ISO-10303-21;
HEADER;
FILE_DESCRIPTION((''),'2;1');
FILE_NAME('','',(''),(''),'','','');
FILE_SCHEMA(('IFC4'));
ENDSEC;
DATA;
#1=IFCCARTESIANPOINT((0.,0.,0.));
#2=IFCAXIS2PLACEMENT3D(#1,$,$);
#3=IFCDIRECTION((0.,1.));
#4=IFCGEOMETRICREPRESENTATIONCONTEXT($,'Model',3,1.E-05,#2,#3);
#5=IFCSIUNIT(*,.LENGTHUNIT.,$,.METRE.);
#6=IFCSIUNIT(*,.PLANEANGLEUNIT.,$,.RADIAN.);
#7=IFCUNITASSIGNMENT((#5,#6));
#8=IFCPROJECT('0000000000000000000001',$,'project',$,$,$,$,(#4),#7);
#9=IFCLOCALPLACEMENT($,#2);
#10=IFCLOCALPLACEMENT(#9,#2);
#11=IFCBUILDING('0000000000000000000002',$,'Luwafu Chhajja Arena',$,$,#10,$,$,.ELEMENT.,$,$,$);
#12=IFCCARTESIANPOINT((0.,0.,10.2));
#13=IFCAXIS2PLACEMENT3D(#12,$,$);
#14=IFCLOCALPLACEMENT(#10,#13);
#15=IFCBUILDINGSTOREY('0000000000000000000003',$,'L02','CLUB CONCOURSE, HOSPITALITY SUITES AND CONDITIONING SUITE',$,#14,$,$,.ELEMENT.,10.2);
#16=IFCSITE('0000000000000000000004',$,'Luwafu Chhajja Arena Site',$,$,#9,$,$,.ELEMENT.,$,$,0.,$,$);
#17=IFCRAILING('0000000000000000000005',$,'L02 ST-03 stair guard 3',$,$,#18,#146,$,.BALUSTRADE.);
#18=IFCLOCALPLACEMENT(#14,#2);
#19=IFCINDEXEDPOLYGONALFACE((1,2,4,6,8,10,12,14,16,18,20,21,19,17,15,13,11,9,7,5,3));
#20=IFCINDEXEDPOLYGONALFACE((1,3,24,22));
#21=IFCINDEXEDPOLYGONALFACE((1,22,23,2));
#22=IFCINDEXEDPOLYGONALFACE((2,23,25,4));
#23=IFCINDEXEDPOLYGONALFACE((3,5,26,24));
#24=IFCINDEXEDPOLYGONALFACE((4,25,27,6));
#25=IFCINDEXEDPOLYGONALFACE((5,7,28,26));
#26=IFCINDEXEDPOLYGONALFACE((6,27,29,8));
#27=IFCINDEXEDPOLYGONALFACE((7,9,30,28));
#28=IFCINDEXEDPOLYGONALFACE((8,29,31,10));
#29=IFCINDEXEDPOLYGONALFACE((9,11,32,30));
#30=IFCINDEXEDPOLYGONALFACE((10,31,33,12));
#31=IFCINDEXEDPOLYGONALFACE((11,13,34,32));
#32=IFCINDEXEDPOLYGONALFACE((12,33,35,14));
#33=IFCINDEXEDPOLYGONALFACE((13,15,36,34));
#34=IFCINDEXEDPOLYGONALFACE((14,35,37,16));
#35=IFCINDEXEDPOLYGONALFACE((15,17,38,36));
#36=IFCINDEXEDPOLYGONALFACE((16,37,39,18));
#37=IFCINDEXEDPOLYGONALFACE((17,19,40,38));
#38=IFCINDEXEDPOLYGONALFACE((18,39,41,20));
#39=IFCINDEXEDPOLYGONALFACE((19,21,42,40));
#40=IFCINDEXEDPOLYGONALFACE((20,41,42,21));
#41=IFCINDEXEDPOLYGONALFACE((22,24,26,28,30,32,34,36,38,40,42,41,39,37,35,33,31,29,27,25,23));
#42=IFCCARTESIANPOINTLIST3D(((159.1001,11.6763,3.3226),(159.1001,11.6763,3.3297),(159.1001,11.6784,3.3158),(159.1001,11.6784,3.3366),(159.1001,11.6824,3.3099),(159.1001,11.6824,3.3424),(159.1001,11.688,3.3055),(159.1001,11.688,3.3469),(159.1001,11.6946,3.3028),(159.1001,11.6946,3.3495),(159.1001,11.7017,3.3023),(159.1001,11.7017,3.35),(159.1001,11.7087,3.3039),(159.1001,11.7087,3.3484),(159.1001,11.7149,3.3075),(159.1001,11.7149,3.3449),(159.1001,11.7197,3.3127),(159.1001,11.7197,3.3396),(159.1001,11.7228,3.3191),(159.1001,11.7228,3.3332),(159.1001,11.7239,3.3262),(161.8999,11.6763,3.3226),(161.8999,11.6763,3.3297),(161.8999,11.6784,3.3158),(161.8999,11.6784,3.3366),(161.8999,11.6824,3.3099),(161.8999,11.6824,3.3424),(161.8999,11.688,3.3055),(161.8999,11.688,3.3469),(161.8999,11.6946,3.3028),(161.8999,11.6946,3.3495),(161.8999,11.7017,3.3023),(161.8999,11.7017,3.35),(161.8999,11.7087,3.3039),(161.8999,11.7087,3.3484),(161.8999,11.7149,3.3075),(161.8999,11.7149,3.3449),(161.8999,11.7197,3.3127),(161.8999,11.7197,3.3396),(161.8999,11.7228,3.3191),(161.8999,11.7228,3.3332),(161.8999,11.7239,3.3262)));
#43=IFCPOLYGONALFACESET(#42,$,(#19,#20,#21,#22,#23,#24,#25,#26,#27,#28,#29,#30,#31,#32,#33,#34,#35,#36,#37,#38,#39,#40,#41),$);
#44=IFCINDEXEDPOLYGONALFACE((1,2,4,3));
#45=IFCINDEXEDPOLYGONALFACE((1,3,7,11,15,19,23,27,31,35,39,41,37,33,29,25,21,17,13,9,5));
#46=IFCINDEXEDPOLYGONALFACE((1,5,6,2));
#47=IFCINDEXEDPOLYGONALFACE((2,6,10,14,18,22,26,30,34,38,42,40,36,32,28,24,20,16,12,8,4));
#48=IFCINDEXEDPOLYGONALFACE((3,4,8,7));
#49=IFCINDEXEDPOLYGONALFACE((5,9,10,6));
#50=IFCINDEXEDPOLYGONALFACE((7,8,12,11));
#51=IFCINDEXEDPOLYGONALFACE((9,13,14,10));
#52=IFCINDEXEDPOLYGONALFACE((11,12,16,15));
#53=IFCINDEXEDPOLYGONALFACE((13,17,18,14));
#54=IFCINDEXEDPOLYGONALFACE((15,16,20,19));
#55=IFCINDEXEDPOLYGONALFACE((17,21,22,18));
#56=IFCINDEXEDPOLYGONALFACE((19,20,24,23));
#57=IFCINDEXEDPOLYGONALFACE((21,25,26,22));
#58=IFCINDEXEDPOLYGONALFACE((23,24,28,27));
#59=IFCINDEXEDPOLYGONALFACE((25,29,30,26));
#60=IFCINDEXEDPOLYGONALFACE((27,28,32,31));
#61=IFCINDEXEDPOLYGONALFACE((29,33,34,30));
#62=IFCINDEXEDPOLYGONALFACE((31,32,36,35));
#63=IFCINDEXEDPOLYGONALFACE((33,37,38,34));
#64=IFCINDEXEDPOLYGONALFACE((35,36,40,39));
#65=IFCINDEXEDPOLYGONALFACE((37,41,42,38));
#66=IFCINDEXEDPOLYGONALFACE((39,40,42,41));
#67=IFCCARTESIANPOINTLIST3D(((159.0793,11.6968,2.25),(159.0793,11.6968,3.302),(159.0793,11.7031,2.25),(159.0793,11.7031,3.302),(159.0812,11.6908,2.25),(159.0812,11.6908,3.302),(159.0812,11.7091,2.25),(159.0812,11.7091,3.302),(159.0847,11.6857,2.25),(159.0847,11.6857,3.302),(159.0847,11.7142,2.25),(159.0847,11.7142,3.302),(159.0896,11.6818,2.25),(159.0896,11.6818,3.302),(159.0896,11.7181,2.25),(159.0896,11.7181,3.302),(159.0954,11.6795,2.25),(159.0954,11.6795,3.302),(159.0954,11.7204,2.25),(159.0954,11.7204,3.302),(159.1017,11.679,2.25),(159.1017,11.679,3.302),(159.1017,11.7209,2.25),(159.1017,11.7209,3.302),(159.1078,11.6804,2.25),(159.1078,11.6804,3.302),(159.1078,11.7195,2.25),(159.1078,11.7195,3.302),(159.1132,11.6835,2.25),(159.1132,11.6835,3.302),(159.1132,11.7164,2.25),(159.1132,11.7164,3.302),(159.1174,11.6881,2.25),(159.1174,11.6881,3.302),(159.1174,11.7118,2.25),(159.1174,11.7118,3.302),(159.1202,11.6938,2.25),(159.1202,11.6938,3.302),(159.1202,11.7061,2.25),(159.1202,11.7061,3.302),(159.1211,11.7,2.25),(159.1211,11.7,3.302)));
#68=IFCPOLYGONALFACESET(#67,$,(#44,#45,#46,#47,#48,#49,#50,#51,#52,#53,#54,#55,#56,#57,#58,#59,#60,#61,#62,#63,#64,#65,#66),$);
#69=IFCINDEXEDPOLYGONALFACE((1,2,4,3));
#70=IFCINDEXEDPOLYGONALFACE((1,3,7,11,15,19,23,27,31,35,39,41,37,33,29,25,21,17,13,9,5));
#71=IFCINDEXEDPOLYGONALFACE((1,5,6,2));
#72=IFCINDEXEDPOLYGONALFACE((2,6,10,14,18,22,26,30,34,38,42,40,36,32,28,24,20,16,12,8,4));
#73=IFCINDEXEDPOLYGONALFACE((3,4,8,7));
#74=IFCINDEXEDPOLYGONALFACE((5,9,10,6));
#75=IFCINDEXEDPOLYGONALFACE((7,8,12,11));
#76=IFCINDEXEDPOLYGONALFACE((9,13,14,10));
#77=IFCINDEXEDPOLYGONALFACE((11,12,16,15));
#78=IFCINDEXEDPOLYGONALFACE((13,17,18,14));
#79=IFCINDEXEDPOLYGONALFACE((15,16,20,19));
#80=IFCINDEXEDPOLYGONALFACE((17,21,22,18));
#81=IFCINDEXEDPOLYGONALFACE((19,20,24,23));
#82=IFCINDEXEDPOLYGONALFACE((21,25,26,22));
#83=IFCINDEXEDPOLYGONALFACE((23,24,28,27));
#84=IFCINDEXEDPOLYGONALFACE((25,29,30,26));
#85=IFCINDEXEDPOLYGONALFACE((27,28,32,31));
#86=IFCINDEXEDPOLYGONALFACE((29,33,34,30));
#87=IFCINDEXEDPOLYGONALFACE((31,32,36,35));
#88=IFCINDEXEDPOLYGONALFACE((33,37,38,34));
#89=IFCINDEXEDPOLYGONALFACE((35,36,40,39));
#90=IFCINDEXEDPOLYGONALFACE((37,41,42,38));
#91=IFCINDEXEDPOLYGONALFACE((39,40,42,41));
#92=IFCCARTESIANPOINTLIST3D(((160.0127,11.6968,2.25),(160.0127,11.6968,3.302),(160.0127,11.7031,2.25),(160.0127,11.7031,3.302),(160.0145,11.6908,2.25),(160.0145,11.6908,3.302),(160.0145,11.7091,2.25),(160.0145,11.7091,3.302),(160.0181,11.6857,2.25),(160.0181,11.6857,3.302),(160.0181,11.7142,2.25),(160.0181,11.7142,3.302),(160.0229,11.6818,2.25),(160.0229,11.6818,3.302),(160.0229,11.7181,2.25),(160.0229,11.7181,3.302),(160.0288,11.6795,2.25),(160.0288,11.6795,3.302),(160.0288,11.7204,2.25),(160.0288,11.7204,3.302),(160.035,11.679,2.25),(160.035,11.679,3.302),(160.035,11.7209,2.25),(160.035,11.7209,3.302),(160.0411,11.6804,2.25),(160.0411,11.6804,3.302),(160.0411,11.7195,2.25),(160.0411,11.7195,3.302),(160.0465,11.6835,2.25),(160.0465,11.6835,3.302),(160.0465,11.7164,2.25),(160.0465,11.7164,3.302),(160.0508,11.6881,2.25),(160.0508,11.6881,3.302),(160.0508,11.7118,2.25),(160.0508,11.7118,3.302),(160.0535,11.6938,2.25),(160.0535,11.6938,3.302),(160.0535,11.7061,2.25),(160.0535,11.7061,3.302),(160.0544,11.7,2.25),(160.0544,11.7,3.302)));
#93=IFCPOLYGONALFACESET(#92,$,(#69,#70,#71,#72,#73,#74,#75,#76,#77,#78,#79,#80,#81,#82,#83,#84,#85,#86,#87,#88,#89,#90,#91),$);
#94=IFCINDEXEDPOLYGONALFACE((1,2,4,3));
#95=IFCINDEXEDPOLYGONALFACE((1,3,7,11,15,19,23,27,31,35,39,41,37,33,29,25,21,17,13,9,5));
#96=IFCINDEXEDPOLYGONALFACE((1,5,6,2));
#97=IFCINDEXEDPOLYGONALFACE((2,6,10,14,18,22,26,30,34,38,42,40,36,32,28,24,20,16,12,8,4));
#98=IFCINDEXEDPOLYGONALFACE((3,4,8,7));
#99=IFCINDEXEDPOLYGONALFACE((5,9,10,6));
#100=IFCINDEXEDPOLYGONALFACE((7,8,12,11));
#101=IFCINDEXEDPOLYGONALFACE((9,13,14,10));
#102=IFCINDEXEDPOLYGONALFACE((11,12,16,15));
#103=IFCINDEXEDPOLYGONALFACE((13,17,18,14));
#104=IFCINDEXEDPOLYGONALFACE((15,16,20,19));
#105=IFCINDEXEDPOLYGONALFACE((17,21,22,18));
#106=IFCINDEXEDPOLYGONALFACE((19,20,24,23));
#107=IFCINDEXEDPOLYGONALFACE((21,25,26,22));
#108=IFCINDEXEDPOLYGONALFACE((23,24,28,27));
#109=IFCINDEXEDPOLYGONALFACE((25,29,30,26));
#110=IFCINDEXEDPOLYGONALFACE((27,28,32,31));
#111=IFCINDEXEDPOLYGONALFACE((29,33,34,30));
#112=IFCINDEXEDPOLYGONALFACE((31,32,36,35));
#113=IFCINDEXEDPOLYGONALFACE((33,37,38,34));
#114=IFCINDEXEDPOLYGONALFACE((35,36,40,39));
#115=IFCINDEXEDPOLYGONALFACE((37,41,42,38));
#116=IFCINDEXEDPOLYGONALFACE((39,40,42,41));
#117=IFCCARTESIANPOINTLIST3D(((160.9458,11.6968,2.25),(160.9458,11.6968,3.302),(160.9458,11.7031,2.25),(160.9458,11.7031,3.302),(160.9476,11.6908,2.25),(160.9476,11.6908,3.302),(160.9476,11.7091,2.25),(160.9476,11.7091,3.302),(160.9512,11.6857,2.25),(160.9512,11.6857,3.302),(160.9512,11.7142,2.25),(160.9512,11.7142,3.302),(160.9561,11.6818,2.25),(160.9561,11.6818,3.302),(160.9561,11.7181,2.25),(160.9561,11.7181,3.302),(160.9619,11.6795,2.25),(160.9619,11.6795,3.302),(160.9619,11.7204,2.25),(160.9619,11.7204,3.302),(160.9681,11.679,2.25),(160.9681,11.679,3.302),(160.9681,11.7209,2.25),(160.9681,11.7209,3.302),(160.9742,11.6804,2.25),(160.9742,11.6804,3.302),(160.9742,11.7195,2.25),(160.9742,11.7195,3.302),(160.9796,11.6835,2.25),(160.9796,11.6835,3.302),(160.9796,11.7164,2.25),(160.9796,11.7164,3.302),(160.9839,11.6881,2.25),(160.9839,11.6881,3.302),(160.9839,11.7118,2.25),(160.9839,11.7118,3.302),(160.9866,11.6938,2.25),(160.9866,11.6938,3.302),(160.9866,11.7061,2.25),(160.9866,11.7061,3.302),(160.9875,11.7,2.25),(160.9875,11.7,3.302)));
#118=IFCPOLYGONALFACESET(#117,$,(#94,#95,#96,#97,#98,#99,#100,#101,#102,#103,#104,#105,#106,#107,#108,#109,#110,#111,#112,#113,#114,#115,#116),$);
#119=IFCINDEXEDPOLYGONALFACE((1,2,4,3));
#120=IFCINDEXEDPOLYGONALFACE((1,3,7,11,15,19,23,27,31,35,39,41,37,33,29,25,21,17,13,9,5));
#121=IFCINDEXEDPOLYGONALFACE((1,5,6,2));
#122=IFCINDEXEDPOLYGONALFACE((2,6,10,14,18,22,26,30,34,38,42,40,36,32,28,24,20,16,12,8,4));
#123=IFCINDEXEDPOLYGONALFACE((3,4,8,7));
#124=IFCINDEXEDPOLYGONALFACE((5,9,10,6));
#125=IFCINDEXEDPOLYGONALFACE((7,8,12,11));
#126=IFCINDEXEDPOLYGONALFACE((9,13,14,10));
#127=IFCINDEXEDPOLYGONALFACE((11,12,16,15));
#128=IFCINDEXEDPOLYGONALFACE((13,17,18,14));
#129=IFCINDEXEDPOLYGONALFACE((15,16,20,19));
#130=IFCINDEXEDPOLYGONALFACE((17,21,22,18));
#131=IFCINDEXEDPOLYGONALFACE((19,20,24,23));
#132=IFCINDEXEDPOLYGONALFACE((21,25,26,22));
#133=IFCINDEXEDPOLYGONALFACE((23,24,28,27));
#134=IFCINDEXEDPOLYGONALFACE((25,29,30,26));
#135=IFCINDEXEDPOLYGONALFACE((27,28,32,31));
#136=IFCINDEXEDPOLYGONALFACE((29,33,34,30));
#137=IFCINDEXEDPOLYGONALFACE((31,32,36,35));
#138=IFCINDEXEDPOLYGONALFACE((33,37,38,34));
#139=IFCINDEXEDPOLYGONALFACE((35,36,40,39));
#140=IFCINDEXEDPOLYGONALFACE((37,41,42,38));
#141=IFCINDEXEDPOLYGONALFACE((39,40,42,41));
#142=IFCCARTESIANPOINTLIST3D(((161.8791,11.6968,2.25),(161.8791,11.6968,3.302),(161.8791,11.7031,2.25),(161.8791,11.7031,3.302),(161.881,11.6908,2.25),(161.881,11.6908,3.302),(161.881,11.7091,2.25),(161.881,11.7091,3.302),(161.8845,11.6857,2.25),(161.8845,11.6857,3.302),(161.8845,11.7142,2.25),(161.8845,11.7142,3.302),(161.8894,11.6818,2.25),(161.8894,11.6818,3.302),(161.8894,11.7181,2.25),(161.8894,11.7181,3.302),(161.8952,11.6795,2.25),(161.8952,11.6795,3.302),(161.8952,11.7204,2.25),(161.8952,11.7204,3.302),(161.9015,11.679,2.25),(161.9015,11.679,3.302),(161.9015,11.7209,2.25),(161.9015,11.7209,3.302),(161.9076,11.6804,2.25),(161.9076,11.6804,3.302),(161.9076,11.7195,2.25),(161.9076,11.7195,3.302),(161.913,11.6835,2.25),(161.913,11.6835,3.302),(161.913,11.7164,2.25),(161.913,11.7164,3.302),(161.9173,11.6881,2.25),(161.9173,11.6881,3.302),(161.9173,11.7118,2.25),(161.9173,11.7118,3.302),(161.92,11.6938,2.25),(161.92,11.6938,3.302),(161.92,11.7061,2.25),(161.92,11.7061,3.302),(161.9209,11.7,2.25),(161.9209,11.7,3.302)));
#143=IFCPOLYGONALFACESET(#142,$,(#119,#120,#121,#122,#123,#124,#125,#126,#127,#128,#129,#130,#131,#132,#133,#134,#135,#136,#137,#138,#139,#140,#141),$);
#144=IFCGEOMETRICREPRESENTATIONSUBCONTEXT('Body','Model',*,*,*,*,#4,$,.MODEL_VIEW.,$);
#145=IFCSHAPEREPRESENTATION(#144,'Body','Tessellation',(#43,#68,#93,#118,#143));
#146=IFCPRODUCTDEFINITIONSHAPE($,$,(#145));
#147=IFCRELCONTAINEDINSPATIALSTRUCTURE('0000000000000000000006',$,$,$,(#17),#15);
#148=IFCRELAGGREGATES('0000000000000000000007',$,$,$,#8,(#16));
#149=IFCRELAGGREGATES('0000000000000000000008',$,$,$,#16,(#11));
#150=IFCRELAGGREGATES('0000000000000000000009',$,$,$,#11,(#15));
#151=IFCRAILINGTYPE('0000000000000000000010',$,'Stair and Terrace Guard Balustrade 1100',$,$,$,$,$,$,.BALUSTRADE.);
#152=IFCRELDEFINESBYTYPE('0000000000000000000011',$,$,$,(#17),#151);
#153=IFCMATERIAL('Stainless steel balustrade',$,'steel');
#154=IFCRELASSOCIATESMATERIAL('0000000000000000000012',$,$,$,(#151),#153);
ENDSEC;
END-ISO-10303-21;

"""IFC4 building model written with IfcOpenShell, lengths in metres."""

from ifc_helpers import new_model, si_unit, direction, frame, origin, origin_2d, place, context, subcontext, project, spatial, circle, extrude, material, type_object, element, save


model = new_model("IFC4")

# Units and contexts
model_context = context("Model", 3, precision=1e-05, world=origin(), true_north=direction((0.0, 1.0)))
body_context = subcontext(model_context, "Body", "Model", "MODEL_VIEW")
ifc_project = project(units=[si_unit("LENGTHUNIT", "METRE"), si_unit("PLANEANGLEUNIT", "RADIAN")], contexts=[model_context])

# Site, building, storey
site_placement = place(None, origin())
site = spatial("IfcSite", under=ifc_project, at=site_placement, Name="Luwafu Chhajja Arena Site", CompositionType="ELEMENT", RefElevation=0.0)
building_placement = place(site_placement, origin())
building = spatial("IfcBuilding", under=site, at=building_placement, Name="Luwafu Chhajja Arena", CompositionType="ELEMENT")
storey_placement = place(building_placement, frame((0.0, 0.0, 10.2)))
storey = spatial("IfcBuildingStorey", under=building, at=storey_placement, Name="L02", Description="CLUB CONCOURSE, HOSPITALITY SUITES AND CONDITIONING SUITE", CompositionType="ELEMENT", Elevation=10.2)

# Railing
ifc_material_1 = material(Name="Stainless steel balustrade", Category="steel")
railing_type_1 = type_object("IfcRailingType", Name="Stair and Terrace Guard Balustrade 1100", PredefinedType="BALUSTRADE", material=ifc_material_1)
for number, where, name in (
    (1, (159.1001, 11.7, 2.25), "L02 ST-03 stair guard 3"),
):
    element("IfcRailing", number, at=place(storey_placement, frame(where)), inside=storey, type_object=railing_type_1, Name=name, PredefinedType="BALUSTRADE", context=body_context, shape_type="SweptSolid", body=[
        extrude(circle(Radius=0.0239, at=origin_2d()), frame((0.0, 0.0, 1.0762), z_axis=(1.0, 0.0, 0.0), x_axis=(0.0, 1.0, 0.0)), (0.0, 0.0, 1.0), 2.7998),
        extrude(circle(Radius=0.021, at=origin_2d()), origin(), (0.0, 0.0, 1.0), 1.052),
        extrude(circle(Radius=0.021, at=origin_2d()), frame((0.9333, 0.0, 0.0)), (0.0, 0.0, 1.0), 1.052),
        extrude(circle(Radius=0.021, at=origin_2d()), frame((1.8665, 0.0, 0.0)), (0.0, 0.0, 1.0), 1.052),
        extrude(circle(Radius=0.021, at=origin_2d()), frame((2.7998, 0.0, 0.0)), (0.0, 0.0, 1.0), 1.052),
    ])

save(model, "model.ifc")
